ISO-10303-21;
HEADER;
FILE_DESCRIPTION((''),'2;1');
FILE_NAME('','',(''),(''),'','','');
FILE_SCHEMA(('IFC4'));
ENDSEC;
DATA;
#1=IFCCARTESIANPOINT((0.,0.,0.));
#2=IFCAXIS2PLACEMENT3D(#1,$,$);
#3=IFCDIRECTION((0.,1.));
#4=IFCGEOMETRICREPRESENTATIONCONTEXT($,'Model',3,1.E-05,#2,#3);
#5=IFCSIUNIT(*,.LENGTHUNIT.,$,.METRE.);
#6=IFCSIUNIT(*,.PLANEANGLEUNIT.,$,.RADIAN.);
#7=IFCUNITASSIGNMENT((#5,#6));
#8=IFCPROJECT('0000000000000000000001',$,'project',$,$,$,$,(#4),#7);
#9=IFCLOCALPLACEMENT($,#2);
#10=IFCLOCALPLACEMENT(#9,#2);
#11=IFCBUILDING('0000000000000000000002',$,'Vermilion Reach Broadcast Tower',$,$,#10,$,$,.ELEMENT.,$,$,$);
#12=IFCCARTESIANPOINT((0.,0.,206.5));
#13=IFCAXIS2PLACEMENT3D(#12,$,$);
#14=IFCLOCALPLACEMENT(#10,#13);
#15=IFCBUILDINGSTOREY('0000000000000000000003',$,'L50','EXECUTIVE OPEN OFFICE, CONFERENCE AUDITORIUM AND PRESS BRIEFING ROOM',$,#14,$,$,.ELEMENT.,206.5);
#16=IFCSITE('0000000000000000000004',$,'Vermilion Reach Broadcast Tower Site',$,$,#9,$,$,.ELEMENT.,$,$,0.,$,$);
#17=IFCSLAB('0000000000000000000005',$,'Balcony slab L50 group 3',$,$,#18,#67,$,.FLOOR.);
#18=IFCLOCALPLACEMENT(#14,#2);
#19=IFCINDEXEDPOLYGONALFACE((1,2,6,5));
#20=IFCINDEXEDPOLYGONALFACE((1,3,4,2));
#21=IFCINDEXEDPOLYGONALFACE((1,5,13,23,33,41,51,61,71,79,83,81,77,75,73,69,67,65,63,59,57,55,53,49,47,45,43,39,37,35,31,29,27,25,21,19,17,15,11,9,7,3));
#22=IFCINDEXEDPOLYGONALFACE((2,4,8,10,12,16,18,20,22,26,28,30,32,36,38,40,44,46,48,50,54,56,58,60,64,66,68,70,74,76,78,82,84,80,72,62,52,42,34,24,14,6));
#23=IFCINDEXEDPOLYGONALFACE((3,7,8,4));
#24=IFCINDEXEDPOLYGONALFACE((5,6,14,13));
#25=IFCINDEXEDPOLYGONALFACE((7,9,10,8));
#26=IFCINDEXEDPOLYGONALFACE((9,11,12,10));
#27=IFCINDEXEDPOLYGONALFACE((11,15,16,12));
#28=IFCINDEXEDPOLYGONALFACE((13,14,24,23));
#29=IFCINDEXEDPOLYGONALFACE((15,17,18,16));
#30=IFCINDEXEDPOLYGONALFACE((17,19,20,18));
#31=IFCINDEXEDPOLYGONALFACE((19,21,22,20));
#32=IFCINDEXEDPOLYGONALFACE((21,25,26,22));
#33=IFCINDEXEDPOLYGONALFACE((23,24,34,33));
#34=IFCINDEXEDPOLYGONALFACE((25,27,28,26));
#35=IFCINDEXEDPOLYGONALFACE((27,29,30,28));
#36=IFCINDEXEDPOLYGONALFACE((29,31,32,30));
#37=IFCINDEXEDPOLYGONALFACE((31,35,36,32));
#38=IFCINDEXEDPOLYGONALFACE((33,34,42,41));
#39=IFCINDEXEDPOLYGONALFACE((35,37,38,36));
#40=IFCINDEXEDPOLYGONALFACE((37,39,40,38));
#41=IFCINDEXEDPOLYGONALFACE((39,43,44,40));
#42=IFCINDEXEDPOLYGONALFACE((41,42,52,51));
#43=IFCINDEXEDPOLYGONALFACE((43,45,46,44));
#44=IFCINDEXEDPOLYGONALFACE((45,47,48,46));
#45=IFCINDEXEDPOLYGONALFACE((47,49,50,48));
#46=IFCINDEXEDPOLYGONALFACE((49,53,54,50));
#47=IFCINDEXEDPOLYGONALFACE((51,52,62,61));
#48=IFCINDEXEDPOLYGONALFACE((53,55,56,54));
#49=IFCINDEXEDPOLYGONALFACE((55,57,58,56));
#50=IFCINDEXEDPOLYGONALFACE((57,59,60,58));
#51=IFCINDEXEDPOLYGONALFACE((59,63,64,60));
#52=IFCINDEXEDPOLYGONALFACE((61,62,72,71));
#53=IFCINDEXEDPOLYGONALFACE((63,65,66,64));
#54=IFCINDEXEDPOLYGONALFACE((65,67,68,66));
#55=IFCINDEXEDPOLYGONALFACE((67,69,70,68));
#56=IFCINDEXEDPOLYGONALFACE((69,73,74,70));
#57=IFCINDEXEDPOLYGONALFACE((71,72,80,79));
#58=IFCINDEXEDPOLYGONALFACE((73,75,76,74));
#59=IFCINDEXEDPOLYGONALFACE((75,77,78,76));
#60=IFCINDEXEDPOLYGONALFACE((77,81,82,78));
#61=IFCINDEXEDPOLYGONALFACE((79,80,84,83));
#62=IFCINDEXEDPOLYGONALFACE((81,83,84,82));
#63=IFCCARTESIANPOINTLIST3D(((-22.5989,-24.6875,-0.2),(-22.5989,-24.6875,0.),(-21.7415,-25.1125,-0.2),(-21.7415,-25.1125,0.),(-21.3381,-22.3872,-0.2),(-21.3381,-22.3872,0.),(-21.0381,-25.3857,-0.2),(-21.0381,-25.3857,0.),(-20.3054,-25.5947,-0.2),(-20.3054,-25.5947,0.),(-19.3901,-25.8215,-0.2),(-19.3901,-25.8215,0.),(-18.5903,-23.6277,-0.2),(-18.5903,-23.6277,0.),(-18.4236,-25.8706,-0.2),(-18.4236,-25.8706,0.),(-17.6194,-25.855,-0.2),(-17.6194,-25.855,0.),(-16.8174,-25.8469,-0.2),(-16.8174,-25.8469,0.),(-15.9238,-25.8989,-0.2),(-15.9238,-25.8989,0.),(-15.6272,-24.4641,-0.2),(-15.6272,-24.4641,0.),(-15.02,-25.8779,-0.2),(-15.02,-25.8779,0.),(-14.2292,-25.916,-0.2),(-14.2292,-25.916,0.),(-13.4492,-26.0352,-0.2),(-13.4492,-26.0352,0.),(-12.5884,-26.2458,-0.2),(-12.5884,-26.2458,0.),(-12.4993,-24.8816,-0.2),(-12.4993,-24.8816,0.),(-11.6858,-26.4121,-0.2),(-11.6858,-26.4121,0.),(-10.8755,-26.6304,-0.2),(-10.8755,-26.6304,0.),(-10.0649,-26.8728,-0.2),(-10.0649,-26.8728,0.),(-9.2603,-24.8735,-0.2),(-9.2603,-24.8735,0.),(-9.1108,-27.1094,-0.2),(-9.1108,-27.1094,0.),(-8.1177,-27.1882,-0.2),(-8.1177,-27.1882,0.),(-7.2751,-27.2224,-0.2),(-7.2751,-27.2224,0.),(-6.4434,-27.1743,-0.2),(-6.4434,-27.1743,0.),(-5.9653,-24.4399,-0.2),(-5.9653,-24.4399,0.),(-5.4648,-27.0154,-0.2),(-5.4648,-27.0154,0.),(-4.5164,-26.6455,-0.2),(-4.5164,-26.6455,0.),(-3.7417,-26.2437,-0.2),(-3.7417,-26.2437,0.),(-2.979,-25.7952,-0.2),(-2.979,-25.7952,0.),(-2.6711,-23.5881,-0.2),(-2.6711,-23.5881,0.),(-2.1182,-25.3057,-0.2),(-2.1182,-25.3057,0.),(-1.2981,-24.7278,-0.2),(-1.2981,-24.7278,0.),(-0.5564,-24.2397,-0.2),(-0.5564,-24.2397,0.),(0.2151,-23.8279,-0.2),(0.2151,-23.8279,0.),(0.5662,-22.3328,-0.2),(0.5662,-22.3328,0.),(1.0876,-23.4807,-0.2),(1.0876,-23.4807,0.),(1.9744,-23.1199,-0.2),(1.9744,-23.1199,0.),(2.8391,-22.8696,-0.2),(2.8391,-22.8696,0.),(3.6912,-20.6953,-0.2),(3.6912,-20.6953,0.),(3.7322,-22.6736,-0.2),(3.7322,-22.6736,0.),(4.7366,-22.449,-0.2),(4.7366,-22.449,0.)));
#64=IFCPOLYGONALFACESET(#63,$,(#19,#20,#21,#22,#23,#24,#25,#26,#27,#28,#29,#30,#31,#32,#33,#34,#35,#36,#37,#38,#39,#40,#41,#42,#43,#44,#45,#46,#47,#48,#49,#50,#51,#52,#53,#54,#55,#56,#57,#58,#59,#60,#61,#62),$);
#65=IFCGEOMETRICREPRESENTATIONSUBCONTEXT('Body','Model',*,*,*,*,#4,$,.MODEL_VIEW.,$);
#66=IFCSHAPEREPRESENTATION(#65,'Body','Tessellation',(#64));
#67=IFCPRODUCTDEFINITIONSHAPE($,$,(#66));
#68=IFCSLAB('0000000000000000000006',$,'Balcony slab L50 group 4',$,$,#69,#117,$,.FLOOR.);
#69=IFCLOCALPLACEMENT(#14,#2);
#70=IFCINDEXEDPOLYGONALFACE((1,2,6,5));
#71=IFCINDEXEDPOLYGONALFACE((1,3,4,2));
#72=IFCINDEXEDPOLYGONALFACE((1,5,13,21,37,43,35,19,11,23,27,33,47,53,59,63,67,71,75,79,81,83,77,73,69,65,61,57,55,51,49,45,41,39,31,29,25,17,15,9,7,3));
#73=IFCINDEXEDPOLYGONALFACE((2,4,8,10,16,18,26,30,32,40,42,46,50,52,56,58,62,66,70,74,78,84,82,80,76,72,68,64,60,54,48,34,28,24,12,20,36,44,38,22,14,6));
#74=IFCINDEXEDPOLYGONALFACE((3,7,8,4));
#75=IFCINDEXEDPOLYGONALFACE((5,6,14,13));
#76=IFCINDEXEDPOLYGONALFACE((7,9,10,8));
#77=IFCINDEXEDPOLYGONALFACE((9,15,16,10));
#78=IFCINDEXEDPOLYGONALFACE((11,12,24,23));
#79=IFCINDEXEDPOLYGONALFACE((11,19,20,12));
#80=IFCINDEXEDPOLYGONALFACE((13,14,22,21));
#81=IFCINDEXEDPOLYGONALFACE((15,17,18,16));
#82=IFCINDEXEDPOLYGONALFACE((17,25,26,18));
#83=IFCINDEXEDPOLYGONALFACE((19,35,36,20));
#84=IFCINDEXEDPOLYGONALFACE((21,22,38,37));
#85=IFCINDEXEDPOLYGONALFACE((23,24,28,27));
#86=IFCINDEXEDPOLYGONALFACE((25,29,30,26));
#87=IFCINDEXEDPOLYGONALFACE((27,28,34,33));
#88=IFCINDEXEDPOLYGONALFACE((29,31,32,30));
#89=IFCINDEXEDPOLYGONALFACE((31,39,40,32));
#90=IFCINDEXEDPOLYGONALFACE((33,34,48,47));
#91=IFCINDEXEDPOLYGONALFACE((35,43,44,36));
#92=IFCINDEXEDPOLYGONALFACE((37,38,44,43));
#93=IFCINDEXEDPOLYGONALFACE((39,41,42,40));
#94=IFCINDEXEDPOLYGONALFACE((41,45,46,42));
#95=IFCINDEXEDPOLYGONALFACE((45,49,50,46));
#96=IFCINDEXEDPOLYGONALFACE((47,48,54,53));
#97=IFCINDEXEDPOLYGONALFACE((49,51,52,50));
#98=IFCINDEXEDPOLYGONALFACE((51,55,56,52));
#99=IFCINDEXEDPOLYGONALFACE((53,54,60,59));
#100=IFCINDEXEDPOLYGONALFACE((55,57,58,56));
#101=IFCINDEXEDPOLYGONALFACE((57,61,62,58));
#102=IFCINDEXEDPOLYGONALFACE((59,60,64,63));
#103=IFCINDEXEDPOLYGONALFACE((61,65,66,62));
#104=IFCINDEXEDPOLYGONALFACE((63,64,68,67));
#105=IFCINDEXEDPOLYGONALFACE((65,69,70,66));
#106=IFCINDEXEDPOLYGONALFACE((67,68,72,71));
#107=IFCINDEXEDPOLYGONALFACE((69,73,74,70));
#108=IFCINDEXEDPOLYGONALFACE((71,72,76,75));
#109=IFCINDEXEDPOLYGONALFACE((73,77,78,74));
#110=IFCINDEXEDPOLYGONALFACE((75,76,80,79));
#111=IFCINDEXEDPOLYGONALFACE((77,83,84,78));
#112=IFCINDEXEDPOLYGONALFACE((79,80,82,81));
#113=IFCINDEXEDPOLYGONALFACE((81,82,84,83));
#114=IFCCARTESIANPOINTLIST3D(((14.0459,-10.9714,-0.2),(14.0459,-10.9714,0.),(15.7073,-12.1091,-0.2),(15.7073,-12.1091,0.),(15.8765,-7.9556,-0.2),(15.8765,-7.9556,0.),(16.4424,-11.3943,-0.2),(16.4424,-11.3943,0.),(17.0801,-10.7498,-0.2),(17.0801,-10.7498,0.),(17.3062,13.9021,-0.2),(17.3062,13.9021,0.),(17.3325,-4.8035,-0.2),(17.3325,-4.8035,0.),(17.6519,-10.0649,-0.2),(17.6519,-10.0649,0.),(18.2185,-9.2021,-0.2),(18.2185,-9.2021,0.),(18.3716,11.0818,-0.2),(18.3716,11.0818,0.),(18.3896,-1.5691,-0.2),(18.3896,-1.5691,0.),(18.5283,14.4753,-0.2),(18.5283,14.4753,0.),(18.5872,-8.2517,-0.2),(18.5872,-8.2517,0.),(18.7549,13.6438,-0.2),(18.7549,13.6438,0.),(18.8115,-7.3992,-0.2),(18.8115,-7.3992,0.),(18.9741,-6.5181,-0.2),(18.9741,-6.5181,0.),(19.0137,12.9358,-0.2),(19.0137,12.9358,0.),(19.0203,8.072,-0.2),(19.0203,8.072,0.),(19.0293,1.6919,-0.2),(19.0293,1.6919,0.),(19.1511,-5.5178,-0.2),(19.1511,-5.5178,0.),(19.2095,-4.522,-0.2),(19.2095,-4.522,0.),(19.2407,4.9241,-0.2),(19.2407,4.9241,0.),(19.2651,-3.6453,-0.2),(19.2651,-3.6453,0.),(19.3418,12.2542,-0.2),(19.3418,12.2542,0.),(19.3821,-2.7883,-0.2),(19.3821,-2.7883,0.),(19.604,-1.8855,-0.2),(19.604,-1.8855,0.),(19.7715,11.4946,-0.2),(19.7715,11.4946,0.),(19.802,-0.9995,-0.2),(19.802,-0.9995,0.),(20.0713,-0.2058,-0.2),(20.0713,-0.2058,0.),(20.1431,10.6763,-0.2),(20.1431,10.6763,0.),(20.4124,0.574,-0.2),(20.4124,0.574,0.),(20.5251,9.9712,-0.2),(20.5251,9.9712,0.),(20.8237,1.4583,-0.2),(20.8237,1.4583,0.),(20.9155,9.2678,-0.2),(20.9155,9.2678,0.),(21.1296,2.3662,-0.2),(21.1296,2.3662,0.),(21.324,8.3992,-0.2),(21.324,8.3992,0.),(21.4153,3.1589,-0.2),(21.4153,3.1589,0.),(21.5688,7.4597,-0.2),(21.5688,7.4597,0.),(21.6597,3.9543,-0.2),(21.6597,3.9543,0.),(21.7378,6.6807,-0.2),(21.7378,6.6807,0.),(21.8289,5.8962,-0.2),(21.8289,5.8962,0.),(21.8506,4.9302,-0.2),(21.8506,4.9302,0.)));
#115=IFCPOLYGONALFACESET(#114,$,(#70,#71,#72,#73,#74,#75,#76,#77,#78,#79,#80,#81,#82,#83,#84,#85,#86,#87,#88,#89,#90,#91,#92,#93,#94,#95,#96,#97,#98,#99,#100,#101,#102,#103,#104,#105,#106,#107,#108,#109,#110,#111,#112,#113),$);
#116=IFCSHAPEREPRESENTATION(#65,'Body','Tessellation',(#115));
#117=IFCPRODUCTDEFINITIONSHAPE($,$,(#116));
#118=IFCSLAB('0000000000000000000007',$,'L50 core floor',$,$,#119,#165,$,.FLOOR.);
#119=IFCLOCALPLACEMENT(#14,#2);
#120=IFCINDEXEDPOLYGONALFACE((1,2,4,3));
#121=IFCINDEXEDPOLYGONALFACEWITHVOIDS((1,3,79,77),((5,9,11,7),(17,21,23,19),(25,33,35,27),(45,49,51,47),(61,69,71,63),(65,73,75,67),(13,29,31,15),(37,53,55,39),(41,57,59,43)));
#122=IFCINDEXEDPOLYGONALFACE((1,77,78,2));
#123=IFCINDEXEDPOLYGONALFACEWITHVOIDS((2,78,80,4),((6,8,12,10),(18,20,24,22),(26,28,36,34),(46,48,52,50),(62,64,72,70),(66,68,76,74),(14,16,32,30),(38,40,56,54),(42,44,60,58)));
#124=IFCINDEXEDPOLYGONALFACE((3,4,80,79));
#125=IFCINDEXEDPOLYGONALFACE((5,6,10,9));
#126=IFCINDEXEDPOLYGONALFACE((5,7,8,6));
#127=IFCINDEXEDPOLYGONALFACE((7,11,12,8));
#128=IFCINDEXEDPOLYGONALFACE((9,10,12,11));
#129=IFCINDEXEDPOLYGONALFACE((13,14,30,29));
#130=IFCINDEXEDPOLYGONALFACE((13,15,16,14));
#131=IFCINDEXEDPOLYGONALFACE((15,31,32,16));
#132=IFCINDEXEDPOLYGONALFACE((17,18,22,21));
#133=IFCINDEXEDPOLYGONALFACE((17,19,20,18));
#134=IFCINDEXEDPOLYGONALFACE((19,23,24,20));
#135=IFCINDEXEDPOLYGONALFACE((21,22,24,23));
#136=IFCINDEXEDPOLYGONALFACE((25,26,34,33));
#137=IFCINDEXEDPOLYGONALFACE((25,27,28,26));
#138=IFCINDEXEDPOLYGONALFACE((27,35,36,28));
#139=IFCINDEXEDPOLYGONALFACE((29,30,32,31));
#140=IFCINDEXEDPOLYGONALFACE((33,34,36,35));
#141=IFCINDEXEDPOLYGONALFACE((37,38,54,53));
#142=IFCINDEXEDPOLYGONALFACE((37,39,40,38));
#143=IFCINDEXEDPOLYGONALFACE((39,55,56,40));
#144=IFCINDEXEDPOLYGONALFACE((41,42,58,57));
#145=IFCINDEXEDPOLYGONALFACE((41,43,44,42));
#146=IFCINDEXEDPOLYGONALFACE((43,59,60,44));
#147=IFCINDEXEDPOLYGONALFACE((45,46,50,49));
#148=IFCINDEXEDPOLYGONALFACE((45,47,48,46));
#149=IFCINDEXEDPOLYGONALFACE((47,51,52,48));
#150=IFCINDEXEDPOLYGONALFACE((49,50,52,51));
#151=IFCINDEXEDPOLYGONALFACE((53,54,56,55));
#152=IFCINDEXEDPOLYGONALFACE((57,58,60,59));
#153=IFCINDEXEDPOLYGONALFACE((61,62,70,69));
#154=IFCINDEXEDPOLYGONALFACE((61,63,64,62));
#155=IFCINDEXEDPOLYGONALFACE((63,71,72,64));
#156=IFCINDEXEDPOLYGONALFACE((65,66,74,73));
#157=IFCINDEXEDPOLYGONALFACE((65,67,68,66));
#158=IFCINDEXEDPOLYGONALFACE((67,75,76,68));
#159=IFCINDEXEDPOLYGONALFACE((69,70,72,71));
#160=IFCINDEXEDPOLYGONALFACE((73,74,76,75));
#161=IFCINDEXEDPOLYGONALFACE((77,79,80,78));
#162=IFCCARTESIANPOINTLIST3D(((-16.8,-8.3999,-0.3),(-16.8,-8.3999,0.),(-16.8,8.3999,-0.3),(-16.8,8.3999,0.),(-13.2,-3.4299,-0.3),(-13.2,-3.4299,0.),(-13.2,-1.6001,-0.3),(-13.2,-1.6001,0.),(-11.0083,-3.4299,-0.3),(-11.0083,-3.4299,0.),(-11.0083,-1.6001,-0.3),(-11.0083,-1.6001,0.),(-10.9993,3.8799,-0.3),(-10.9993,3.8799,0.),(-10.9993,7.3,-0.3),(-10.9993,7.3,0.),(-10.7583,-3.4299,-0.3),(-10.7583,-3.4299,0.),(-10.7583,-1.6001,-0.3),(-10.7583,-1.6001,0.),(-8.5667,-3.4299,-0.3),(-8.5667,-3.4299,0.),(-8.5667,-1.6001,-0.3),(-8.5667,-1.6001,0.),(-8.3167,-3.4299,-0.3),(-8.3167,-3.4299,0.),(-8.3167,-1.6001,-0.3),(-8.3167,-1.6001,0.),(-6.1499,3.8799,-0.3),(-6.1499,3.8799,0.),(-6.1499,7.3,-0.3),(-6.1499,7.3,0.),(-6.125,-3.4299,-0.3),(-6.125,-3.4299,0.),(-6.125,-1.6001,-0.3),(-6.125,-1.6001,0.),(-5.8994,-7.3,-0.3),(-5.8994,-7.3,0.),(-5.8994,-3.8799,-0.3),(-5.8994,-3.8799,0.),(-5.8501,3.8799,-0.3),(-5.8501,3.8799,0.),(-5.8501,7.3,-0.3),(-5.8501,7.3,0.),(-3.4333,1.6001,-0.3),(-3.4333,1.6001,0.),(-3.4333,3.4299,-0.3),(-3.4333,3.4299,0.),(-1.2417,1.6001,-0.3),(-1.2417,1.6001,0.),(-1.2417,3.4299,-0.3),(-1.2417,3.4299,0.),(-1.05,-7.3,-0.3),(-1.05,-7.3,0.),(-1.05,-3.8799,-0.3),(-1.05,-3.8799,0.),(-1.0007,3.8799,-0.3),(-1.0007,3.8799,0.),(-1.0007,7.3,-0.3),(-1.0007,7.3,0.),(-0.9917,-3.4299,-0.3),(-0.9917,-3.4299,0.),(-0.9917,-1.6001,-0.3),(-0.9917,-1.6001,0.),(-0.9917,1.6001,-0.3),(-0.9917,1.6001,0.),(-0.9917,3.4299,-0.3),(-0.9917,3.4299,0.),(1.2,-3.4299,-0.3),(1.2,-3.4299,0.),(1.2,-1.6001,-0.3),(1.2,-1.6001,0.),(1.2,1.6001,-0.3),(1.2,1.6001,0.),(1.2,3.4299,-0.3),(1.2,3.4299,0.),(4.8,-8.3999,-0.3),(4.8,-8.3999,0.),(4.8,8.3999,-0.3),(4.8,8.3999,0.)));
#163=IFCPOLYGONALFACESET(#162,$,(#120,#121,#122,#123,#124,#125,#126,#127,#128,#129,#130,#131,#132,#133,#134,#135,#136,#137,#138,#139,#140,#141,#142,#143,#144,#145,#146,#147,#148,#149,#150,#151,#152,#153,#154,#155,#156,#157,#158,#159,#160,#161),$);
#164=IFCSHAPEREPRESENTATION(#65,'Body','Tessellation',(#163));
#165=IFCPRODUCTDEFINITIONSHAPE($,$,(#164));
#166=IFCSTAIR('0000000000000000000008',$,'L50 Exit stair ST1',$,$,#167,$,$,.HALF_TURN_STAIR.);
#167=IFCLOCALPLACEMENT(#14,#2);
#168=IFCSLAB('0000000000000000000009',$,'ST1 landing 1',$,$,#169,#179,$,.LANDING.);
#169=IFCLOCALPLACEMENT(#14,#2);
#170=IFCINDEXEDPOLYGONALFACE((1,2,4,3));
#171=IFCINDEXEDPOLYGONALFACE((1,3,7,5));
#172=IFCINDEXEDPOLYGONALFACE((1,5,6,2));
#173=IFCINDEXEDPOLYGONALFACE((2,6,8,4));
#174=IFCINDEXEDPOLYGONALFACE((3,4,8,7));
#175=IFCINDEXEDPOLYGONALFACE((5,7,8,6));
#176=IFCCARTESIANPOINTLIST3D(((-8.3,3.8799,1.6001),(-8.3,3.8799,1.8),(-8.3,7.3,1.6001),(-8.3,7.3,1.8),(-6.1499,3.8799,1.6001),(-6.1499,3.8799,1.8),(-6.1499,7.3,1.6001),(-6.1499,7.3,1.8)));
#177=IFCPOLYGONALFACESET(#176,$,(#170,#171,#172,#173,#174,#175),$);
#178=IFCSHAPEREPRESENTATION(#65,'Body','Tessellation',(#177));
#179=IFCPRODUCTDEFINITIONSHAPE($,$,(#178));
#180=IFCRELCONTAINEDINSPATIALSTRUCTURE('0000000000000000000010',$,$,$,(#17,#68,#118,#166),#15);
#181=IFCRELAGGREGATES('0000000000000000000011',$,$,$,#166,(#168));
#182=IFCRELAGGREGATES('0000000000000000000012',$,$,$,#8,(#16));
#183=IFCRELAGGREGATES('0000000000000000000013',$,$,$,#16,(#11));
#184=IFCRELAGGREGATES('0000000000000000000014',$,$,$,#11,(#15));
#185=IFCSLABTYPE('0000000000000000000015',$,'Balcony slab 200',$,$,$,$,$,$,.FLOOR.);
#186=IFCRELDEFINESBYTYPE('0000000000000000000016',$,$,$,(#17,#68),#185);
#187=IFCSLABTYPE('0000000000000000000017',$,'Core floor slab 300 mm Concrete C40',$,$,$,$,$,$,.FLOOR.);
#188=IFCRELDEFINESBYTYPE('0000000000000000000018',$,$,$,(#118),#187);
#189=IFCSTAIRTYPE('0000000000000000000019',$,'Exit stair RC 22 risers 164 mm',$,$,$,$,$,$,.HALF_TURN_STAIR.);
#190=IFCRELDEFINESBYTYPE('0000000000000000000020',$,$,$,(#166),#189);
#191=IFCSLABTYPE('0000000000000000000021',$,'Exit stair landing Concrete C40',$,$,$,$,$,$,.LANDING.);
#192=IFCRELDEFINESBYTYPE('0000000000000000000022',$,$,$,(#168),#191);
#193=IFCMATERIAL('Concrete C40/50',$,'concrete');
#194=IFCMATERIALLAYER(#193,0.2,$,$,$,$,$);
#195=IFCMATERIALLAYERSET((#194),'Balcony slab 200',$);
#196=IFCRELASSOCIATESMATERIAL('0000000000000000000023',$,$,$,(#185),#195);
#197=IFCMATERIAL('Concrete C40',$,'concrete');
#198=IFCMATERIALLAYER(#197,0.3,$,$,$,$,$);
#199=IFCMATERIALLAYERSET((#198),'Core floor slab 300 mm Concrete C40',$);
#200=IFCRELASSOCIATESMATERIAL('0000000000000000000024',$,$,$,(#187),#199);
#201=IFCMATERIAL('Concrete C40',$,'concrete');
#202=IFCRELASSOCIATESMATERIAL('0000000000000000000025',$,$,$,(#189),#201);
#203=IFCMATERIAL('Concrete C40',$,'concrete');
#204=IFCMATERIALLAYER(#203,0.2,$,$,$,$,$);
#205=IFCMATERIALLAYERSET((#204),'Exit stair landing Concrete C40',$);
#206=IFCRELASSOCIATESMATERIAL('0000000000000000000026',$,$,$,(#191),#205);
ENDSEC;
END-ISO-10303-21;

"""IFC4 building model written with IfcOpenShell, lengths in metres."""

from ifc_helpers import new_model, si_unit, direction, frame, origin, place, context, subcontext, project, spatial, polyline, outline, extrude, material, layer, layer_set, type_object, element, aggregate, save


model = new_model("IFC4")

# Units and contexts
model_context = context("Model", 3, precision=1e-05, world=origin(), true_north=direction((0.0, 1.0)))
body_context = subcontext(model_context, "Body", "Model", "MODEL_VIEW")
ifc_project = project(units=[si_unit("LENGTHUNIT", "METRE"), si_unit("PLANEANGLEUNIT", "RADIAN")], contexts=[model_context])

# Site, building, storey
site_placement = place(None, origin())
site = spatial("IfcSite", under=ifc_project, at=site_placement, Name="Vermilion Reach Broadcast Tower Site", CompositionType="ELEMENT", RefElevation=0.0)
building_placement = place(site_placement, origin())
building = spatial("IfcBuilding", under=site, at=building_placement, Name="Vermilion Reach Broadcast Tower", CompositionType="ELEMENT")
storey_placement = place(building_placement, frame((0.0, 0.0, 206.5)))
storey = spatial("IfcBuildingStorey", under=building, at=storey_placement, Name="L50", Description="EXECUTIVE OPEN OFFICE, CONFERENCE AUDITORIUM AND PRESS BRIEFING ROOM", CompositionType="ELEMENT", Elevation=206.5)

# Slabs
ifc_material_1 = material(Name="Concrete C40/50", Category="concrete")
ifc_layer_1 = layer(ifc_material_1, 0.2)
ifc_layer_set_1 = layer_set([ifc_layer_1], Name="Balcony slab 200")
slab_type_1 = type_object("IfcSlabType", Name="Balcony slab 200", PredefinedType="FLOOR", material=ifc_layer_set_1)
placement_1 = place(storey_placement, frame((0.0, 0.0, -0.2)))
element("IfcSlab", 1, at=placement_1, inside=storey, type_object=slab_type_1, Name="Balcony slab L50 group 3", PredefinedType="FLOOR", context=body_context, shape_type="SweptSolid", body=[
    extrude(outline(polyline([(-21.3381, -22.3872), (-18.5903, -23.6277), (-15.6272, -24.4641), (-12.4993, -24.8816), (-9.2603, -24.8735), (-5.9653, -24.4399), (-2.6711, -23.5881), (0.5662, -22.3328), (3.6912, -20.6953), (4.7366, -22.449), (3.7322, -22.6736), (2.8391, -22.8696), (1.9744, -23.1199), (1.0876, -23.4807), (0.2151, -23.8279), (-0.5564, -24.2397), (-1.2981, -24.7278), (-2.1182, -25.3057), (-2.979, -25.7952), (-3.7417, -26.2437), (-4.5164, -26.6455), (-5.4648, -27.0154), (-6.4434, -27.1743), (-7.2751, -27.2224), (-8.1177, -27.1882), (-9.1108, -27.1094), (-10.0649, -26.8728), (-10.8755, -26.6304), (-11.6858, -26.4121), (-12.5884, -26.2458), (-13.4492, -26.0352), (-14.2292, -25.916), (-15.02, -25.8779), (-15.9238, -25.8989), (-16.8174, -25.8469), (-17.6194, -25.855), (-18.4236, -25.8706), (-19.3901, -25.8215), (-20.3054, -25.5947), (-21.0381, -25.3857), (-21.7415, -25.1125), (-22.5989, -24.6875), (-21.3381, -22.3872)])), origin(), (0.0, 0.0, 1.0), 0.2),
])
element("IfcSlab", 2, at=placement_1, inside=storey, type_object=slab_type_1, Name="Balcony slab L50 group 4", PredefinedType="FLOOR", context=body_context, shape_type="SweptSolid", body=[
    extrude(outline(polyline([(14.0459, -10.9714), (15.8765, -7.9556), (17.3325, -4.8035), (18.3896, -1.5691), (19.0293, 1.6919), (19.2407, 4.9241), (19.0203, 8.072), (18.3716, 11.0818), (17.3062, 13.9021), (18.5283, 14.4753), (18.7549, 13.6438), (19.0137, 12.9358), (19.3418, 12.2542), (19.7715, 11.4946), (20.1431, 10.6763), (20.5251, 9.9712), (20.9155, 9.2678), (21.324, 8.3992), (21.5688, 7.4597), (21.7378, 6.6807), (21.8289, 5.8962), (21.8506, 4.9302), (21.6597, 3.9543), (21.4153, 3.1589), (21.1296, 2.3662), (20.8237, 1.4583), (20.4124, 0.574), (20.0713, -0.2058), (19.802, -0.9995), (19.604, -1.8855), (19.3821, -2.7883), (19.2651, -3.6453), (19.2095, -4.522), (19.1511, -5.5178), (18.9741, -6.5181), (18.8115, -7.3992), (18.5872, -8.2517), (18.2185, -9.2021), (17.6519, -10.0649), (17.0801, -10.7498), (16.4424, -11.3943), (15.7073, -12.1091), (14.0459, -10.9714)])), origin(), (0.0, 0.0, 1.0), 0.2),
])
ifc_material_2 = material(Name="Concrete C40", Category="concrete")
ifc_layer_2 = layer(ifc_material_2, 0.3)
ifc_layer_set_2 = layer_set([ifc_layer_2], Name="Core floor slab 300 mm Concrete C40")
slab_type_2 = type_object("IfcSlabType", Name="Core floor slab 300 mm Concrete C40", PredefinedType="FLOOR", material=ifc_layer_set_2)
slab_1_placement = place(storey_placement, frame((0.0, 0.0, -0.3)))
element("IfcSlab", 3, at=slab_1_placement, inside=storey, type_object=slab_type_2, Name="L50 core floor", PredefinedType="FLOOR", context=body_context, shape_type="SweptSolid", body=[
    extrude(outline(polyline([(-16.8, -8.3999), (4.8, -8.3999), (4.8, 8.3999), (-16.8, 8.3999), (-16.8, -8.3999)]), holes=[polyline([(-3.4333, 1.6001), (-1.2417, 1.6001), (-1.2417, 3.4299), (-3.4333, 3.4299), (-3.4333, 1.6001)]), polyline([(-0.9917, 1.6001), (1.2, 1.6001), (1.2, 3.4299), (-0.9917, 3.4299), (-0.9917, 1.6001)]), polyline([(-13.2, -3.4299), (-11.0083, -3.4299), (-11.0083, -1.6001), (-13.2, -1.6001), (-13.2, -3.4299)]), polyline([(-10.7583, -3.4299), (-8.5667, -3.4299), (-8.5667, -1.6001), (-10.7583, -1.6001), (-10.7583, -3.4299)]), polyline([(-8.3167, -3.4299), (-6.125, -3.4299), (-6.125, -1.6001), (-8.3167, -1.6001), (-8.3167, -3.4299)]), polyline([(-0.9917, -3.4299), (1.2, -3.4299), (1.2, -1.6001), (-0.9917, -1.6001), (-0.9917, -3.4299)]), polyline([(-10.9993, 3.8799), (-6.1499, 3.8799), (-6.1499, 7.3), (-10.9993, 7.3), (-10.9993, 3.8799)]), polyline([(-1.0007, 7.3), (-5.8501, 7.3), (-5.8501, 3.8799), (-1.0007, 3.8799), (-1.0007, 7.3)]), polyline([(-5.8994, -7.3), (-1.05, -7.3), (-1.05, -3.8799), (-5.8994, -3.8799), (-5.8994, -7.3)])]), origin(), (0.0, 0.0, 1.0), 0.3),
])

# Stair, slab
ifc_material_3 = material(Name="Concrete C40", Category="concrete")
stair_type = type_object("IfcStairType", Name="Exit stair RC 22 risers 164 mm", PredefinedType="HALF_TURN_STAIR", material=ifc_material_3)
placement_2 = place(storey_placement, origin())
stair_1 = element("IfcStair", 4, at=placement_2, inside=storey, type_object=stair_type, Name="L50 Exit stair ST1", PredefinedType="HALF_TURN_STAIR")
ifc_material_4 = material(Name="Concrete C40", Category="concrete")
ifc_layer_3 = layer(ifc_material_4, 0.2)
ifc_layer_set_3 = layer_set([ifc_layer_3], Name="Exit stair landing Concrete C40")
slab_type_3 = type_object("IfcSlabType", Name="Exit stair landing Concrete C40", PredefinedType="LANDING", material=ifc_layer_set_3)
placement_3 = place(storey_placement, frame((0.0, 0.0, 1.6001)))
slab_2 = element("IfcSlab", 5, at=placement_3, type_object=slab_type_3, Name="ST1 landing 1", PredefinedType="LANDING", context=body_context, shape_type="SweptSolid", body=[
    extrude(outline(polyline([(-8.3, 3.8799), (-6.1499, 3.8799), (-6.1499, 7.3), (-8.3, 7.3), (-8.3, 3.8799)])), origin(), (0.0, 0.0, 1.0), 0.2),
])
aggregate(stair_1, [slab_2])

save(model, "model.ifc")
